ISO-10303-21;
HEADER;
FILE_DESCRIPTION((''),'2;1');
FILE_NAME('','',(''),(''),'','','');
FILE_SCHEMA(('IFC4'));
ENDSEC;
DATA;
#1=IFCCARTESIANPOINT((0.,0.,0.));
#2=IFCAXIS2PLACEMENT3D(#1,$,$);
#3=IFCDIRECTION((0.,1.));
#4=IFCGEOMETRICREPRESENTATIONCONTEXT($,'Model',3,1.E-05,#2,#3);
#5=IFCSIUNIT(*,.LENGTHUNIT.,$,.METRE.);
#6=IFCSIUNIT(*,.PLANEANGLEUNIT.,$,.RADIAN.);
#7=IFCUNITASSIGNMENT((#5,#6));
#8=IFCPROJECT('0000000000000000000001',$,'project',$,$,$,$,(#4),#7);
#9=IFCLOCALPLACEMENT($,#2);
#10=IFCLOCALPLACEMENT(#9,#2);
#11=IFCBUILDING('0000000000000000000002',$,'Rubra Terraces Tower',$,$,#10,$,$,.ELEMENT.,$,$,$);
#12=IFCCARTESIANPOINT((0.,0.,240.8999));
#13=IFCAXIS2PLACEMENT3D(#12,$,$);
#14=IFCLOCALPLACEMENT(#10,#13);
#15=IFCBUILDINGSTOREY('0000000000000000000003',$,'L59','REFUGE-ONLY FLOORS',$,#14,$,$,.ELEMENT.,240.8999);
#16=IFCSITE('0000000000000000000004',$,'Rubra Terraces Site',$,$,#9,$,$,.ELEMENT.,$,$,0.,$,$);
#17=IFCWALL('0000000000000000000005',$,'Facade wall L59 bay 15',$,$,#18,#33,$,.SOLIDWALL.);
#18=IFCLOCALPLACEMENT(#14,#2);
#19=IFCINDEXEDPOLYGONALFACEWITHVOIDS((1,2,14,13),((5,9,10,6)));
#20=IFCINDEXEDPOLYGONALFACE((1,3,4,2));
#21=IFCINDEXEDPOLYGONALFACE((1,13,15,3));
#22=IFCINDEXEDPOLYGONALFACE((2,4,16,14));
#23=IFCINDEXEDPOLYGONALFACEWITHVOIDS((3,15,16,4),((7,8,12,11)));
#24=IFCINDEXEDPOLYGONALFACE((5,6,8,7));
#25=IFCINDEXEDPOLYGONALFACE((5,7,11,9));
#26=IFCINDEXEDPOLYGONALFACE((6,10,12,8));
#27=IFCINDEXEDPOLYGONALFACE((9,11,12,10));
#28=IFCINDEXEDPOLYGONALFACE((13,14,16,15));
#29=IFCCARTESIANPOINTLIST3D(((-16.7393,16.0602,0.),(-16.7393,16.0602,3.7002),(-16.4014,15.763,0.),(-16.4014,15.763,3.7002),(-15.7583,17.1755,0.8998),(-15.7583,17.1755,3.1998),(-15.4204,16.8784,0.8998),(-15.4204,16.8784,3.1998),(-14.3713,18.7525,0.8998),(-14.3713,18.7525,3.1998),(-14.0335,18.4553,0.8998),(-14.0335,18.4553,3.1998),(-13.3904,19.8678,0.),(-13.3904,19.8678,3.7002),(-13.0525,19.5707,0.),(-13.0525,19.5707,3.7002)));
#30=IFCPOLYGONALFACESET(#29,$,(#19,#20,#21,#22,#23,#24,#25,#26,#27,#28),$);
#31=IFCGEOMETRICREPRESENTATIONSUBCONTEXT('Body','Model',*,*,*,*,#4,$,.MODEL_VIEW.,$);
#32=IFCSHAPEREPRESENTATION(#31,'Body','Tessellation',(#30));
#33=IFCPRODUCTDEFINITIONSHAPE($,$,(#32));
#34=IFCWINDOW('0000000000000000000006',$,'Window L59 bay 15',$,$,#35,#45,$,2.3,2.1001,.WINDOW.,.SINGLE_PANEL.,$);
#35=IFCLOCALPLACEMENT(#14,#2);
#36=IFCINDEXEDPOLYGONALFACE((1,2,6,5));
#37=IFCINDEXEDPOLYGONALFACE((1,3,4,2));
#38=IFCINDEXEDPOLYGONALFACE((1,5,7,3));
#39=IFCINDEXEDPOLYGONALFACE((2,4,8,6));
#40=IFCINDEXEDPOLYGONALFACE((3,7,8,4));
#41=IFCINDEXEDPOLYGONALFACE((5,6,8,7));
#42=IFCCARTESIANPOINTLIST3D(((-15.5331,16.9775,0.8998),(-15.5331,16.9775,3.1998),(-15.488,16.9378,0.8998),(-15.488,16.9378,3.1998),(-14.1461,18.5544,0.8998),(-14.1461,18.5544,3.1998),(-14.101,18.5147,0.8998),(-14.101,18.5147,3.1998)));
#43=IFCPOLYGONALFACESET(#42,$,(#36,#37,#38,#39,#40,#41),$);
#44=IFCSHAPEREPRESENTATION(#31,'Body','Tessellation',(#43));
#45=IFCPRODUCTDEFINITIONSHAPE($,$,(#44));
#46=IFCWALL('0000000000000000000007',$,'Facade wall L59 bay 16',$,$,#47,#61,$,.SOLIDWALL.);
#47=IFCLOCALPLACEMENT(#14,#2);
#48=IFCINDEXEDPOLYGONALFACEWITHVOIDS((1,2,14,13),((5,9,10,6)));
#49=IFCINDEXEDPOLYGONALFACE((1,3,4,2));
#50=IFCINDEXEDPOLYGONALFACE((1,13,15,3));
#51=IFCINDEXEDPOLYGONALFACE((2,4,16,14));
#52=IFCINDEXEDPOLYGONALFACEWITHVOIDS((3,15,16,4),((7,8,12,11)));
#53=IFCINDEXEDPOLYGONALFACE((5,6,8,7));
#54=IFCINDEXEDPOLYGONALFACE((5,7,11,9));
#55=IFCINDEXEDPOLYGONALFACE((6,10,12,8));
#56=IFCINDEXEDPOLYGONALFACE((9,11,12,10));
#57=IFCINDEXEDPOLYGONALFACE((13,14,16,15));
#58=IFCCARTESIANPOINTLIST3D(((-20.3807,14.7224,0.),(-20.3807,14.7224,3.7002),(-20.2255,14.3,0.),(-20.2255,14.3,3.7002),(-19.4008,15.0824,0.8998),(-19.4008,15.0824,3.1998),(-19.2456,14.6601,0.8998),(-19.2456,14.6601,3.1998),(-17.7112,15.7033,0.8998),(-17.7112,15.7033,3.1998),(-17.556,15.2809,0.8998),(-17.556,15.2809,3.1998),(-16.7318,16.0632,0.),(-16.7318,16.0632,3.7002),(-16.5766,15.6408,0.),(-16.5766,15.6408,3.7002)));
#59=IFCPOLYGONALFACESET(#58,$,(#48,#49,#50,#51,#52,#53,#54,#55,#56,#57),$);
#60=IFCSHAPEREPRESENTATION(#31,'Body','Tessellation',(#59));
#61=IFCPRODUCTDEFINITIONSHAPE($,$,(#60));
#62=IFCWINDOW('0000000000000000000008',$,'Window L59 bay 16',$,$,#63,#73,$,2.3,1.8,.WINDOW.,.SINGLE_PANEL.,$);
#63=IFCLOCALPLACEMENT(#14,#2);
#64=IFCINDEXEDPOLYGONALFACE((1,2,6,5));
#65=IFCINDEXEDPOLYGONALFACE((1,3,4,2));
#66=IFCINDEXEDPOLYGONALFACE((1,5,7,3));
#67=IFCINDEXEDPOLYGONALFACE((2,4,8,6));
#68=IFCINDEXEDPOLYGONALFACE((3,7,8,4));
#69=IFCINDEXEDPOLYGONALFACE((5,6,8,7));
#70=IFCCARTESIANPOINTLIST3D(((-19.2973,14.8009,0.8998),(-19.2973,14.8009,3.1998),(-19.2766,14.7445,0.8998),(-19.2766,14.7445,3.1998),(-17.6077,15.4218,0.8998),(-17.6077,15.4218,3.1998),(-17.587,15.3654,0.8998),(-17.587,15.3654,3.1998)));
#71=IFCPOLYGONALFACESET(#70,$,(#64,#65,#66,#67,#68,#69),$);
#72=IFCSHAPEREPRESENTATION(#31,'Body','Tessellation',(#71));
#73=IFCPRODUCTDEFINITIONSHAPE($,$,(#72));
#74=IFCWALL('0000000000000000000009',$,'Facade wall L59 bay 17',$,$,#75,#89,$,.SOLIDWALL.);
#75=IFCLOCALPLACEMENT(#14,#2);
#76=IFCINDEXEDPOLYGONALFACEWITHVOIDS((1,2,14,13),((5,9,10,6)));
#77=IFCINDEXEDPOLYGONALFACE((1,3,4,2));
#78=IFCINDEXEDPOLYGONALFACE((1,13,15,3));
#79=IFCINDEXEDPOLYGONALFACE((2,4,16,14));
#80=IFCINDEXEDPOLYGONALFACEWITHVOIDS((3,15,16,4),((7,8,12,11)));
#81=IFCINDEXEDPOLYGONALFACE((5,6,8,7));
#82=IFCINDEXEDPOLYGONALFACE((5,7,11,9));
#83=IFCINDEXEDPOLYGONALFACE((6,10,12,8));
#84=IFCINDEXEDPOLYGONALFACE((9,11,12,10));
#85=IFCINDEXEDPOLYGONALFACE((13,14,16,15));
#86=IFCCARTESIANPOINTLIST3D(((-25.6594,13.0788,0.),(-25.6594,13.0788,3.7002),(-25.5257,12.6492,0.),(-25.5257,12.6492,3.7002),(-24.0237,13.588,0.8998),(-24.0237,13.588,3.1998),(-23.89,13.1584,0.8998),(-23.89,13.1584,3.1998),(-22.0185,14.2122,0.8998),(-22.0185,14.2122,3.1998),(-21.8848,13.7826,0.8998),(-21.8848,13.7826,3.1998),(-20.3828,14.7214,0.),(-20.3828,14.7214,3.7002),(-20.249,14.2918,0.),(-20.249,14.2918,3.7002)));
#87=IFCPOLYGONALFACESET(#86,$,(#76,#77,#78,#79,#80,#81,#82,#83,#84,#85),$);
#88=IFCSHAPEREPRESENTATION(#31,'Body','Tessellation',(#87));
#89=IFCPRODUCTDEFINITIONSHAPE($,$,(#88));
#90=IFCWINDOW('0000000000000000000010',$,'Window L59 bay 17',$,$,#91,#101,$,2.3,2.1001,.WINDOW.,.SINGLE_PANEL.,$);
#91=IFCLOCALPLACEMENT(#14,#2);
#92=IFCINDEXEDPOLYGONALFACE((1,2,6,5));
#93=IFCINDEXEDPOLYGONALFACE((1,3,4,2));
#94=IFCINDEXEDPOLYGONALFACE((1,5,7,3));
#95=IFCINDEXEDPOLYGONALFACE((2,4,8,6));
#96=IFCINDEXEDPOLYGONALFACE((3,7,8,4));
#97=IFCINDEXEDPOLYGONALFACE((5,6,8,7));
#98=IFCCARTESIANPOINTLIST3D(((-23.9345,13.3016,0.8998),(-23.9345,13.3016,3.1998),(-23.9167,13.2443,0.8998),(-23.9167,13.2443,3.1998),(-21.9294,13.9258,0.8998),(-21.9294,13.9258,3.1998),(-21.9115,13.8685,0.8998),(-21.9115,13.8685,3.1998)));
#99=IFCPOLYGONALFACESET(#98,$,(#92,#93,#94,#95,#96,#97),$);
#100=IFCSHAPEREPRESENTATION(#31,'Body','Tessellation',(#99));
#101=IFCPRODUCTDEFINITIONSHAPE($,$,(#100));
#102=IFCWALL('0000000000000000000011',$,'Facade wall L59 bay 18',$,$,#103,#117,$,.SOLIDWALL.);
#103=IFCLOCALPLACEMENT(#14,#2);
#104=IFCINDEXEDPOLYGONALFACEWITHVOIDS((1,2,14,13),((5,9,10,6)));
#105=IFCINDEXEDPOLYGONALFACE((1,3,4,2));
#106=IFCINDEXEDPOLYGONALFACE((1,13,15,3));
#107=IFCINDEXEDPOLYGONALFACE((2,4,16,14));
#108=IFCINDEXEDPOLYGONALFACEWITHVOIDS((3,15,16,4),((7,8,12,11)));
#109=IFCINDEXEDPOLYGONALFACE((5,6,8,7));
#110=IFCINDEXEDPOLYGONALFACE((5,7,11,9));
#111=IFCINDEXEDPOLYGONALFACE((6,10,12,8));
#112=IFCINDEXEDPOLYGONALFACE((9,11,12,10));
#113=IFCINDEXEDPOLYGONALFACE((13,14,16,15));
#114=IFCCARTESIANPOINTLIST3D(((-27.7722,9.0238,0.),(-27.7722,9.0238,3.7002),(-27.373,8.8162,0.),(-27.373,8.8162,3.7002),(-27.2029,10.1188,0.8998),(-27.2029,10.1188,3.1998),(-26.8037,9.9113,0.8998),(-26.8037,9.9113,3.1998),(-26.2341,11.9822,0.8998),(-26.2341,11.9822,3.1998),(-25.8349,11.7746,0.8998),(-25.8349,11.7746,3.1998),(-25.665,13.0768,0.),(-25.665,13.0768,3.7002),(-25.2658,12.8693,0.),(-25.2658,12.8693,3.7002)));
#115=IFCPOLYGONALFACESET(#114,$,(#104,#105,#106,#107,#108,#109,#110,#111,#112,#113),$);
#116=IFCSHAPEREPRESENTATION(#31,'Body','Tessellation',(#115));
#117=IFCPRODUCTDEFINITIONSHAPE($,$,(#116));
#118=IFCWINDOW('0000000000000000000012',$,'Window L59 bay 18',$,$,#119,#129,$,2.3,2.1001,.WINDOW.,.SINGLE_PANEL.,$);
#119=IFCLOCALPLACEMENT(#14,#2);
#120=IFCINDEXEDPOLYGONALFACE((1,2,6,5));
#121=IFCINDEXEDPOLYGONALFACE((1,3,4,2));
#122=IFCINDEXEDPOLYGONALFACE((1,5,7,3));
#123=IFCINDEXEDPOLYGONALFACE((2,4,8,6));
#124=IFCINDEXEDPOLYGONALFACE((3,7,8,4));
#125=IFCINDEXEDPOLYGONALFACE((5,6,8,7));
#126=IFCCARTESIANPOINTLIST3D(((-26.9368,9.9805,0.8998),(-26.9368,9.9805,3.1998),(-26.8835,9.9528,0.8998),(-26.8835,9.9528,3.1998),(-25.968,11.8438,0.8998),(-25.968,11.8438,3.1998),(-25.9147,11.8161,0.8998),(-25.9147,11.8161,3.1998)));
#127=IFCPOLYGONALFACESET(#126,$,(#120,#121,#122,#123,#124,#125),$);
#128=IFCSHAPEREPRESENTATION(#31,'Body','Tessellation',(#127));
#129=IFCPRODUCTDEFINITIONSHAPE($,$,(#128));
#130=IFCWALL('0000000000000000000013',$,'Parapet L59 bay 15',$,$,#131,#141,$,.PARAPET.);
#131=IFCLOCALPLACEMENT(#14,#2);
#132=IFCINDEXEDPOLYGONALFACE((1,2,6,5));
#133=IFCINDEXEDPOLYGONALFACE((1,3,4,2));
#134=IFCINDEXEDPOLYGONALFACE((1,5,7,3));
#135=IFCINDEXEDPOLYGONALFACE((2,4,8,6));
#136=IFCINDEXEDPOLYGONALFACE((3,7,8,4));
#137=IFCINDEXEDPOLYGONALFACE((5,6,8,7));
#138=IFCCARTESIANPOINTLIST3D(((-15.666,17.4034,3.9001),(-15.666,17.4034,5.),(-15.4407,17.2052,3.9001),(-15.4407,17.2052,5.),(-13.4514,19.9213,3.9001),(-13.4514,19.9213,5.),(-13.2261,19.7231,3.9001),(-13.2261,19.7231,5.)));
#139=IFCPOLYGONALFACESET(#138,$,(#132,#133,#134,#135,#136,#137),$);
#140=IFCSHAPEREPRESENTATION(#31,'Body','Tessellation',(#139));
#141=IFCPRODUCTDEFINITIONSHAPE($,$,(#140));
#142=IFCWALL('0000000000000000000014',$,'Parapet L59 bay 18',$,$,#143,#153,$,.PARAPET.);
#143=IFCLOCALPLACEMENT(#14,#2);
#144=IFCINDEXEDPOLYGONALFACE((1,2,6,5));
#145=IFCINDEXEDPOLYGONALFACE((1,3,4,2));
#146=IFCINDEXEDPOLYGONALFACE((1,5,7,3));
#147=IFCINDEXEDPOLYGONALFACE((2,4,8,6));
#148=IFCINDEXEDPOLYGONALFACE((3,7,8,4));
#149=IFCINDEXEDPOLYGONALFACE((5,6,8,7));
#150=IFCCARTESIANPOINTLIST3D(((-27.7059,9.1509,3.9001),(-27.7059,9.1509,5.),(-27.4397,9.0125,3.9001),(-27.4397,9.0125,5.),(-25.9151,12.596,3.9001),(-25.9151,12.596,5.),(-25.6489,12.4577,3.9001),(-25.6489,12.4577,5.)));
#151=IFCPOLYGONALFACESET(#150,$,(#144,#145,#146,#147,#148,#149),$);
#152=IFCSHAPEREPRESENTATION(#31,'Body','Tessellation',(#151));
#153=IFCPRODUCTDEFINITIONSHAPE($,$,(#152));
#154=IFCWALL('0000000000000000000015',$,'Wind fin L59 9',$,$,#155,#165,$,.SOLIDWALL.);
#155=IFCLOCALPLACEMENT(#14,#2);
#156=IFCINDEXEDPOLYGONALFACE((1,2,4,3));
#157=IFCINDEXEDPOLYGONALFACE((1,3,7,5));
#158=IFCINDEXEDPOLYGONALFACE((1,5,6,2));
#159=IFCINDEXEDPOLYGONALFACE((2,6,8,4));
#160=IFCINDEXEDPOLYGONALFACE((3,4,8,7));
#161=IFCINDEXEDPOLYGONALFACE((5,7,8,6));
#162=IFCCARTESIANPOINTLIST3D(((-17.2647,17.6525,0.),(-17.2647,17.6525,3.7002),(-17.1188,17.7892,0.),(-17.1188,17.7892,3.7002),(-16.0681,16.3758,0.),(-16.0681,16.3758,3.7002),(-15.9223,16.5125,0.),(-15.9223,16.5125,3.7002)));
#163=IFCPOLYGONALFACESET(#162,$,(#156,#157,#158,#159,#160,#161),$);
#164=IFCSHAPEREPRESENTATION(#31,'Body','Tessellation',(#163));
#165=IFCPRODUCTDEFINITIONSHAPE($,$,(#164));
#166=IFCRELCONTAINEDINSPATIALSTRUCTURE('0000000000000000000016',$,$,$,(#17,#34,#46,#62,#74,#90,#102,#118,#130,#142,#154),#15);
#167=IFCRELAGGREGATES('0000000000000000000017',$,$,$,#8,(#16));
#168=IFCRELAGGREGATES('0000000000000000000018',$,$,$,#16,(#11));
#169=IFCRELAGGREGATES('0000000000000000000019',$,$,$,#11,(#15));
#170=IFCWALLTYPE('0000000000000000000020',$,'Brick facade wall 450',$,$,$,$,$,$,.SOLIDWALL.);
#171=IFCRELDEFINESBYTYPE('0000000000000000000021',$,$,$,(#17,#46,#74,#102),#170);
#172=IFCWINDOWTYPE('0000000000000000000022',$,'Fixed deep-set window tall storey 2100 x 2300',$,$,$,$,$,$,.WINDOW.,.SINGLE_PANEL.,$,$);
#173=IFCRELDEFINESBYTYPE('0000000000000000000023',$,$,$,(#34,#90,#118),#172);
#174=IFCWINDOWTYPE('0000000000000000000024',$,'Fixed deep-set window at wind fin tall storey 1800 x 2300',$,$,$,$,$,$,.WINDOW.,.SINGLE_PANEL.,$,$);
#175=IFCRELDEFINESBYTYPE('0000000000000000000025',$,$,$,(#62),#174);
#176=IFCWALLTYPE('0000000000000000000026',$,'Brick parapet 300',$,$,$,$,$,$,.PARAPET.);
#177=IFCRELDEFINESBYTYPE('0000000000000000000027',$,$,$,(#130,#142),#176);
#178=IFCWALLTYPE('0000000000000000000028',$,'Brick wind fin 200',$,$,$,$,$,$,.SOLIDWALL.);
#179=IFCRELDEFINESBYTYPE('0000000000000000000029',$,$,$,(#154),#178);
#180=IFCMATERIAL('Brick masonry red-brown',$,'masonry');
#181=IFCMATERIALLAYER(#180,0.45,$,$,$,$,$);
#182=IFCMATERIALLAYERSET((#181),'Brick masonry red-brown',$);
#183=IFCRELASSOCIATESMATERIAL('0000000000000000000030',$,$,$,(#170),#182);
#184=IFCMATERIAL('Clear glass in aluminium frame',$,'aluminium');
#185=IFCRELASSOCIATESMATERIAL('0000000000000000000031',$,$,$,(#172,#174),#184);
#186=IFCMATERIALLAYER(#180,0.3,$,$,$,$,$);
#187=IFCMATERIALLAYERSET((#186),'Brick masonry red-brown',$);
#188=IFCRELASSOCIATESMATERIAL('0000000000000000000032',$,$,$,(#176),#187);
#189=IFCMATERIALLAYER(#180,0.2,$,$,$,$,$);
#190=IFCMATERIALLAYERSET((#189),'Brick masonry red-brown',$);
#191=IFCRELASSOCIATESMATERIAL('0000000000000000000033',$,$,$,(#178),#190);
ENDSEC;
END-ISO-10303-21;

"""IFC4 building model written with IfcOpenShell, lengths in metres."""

from ifc_helpers import new_model, si_unit, direction, frame, frame_2d, origin, place, context, subcontext, project, spatial, rectangle, extrude, material, layer, layer_set, type_object, element, fill, save


model = new_model("IFC4")

# Units and contexts
model_context = context("Model", 3, precision=1e-05, world=origin(), true_north=direction((0.0, 1.0)))
body_context = subcontext(model_context, "Body", "Model", "MODEL_VIEW")
ifc_project = project(units=[si_unit("LENGTHUNIT", "METRE"), si_unit("PLANEANGLEUNIT", "RADIAN")], contexts=[model_context])

# Site, building, storey
site_placement = place(None, origin())
site = spatial("IfcSite", under=ifc_project, at=site_placement, Name="Rubra Terraces Site", CompositionType="ELEMENT", RefElevation=0.0)
building_placement = place(site_placement, origin())
building = spatial("IfcBuilding", under=site, at=building_placement, Name="Rubra Terraces Tower", CompositionType="ELEMENT")
storey_placement = place(building_placement, frame((0.0, 0.0, 240.8999)))
storey = spatial("IfcBuildingStorey", under=building, at=storey_placement, Name="L59", Description="REFUGE-ONLY FLOORS", CompositionType="ELEMENT", Elevation=240.8999)

# Walls, openings, windows
ifc_material_1 = material(Name="Brick masonry red-brown", Category="masonry")
ifc_layer_1 = layer(ifc_material_1, 0.45)
ifc_layer_set_1 = layer_set([ifc_layer_1], Name="Brick masonry red-brown")
wall_type_1 = type_object("IfcWallType", Name="Brick facade wall 450", PredefinedType="SOLIDWALL", material=ifc_layer_set_1)
wall_1_placement = place(storey_placement, frame((-13.2214, 19.7192, 0.0), z_axis=(0.0, 0.0, 1.0), x_axis=(-0.660425, -0.750892, 0.0)))
wall_1 = element("IfcWall", 1, at=wall_1_placement, inside=storey, type_object=wall_type_1, Name="Facade wall L59 bay 15", PredefinedType="SOLIDWALL", context=body_context, shape_type="SweptSolid", body=[
    extrude(rectangle(XDim=5.0708, YDim=0.45, at=frame_2d((2.5354, 0.0))), origin(), (0.0, 0.0, 1.0), 3.7002),
])
opening_1_placement = place(wall_1_placement, frame((1.4854, 0.0, 0.8999)))
opening_1 = element("IfcOpeningElement", 2, at=opening_1_placement, cuts=wall_1, PredefinedType="OPENING", context=body_context, shape_type="SweptSolid", body=[
    extrude(rectangle(XDim=2.1001, YDim=2.3, at=frame_2d((1.05, 1.1499))), frame((0.0, 0.2349, 0.0), z_axis=(0.0, -1.0, 0.0), x_axis=(1.0, 0.0, 0.0)), (0.0, 0.0, 1.0), 0.47),
])
ifc_material_2 = material(Name="Clear glass in aluminium frame", Category="aluminium")
window_type_1 = type_object("IfcWindowType", Name="Fixed deep-set window tall storey 2100 x 2300", PartitioningType="SINGLE_PANEL", PredefinedType="WINDOW", material=ifc_material_2)
window_1_placement = place(opening_1_placement, origin())
window_1 = element("IfcWindow", 3, at=window_1_placement, inside=storey, type_object=window_type_1, Name="Window L59 bay 15", OverallHeight=2.3, OverallWidth=2.1001, PartitioningType="SINGLE_PANEL", PredefinedType="WINDOW", context=body_context, shape_type="SweptSolid", body=[
    extrude(rectangle(XDim=2.1001, YDim=2.3, at=frame_2d((1.05, 1.1499))), frame((0.0, 0.135, 0.0), z_axis=(0.0, -1.0, 0.0), x_axis=(1.0, 0.0, 0.0)), (0.0, 0.0, 1.0), 0.0601),
])
fill(opening_1, window_1)
wall_2_placement = place(storey_placement, frame((-16.6541, 15.8521, 0.0), z_axis=(0.0, 0.0, 1.0), x_axis=(-0.938637, -0.344908, 0.0)))
wall_2 = element("IfcWall", 4, at=wall_2_placement, inside=storey, type_object=wall_type_1, Name="Facade wall L59 bay 16", PredefinedType="SOLIDWALL", context=body_context, shape_type="SweptSolid", body=[
    extrude(rectangle(XDim=3.8875, YDim=0.45, at=frame_2d((1.9438, 0.0))), origin(), (0.0, 0.0, 1.0), 3.7002),
])
opening_2_placement = place(wall_2_placement, frame((1.0437, 0.0, 0.8999)))
opening_2 = element("IfcOpeningElement", 5, at=opening_2_placement, cuts=wall_2, PredefinedType="OPENING", context=body_context, shape_type="SweptSolid", body=[
    extrude(rectangle(XDim=1.8, YDim=2.3, at=frame_2d((0.8999, 1.1499))), frame((0.0, 0.2349, 0.0), z_axis=(0.0, -1.0, 0.0), x_axis=(1.0, 0.0, 0.0)), (0.0, 0.0, 1.0), 0.47),
])
window_type_2 = type_object("IfcWindowType", Name="Fixed deep-set window at wind fin tall storey 1800 x 2300", PartitioningType="SINGLE_PANEL", PredefinedType="WINDOW", material=ifc_material_2)
window_2_placement = place(opening_2_placement, origin())
window_2 = element("IfcWindow", 6, at=window_2_placement, inside=storey, type_object=window_type_2, Name="Window L59 bay 16", OverallHeight=2.3, OverallWidth=1.8, PartitioningType="SINGLE_PANEL", PredefinedType="WINDOW", context=body_context, shape_type="SweptSolid", body=[
    extrude(rectangle(XDim=1.8, YDim=2.3, at=frame_2d((0.8999, 1.1499))), frame((0.0, 0.135, 0.0), z_axis=(0.0, -1.0, 0.0), x_axis=(1.0, 0.0, 0.0)), (0.0, 0.0, 1.0), 0.0601),
])
fill(opening_2, window_2)
wall_3_placement = place(storey_placement, frame((-20.3159, 14.5066, 0.0), z_axis=(0.0, 0.0, 1.0), x_axis=(-0.954807, -0.297226, 0.0)))
wall_3 = element("IfcWall", 7, at=wall_3_placement, inside=storey, type_object=wall_type_1, Name="Facade wall L59 bay 17", PredefinedType="SOLIDWALL", context=body_context, shape_type="SweptSolid", body=[
    extrude(rectangle(XDim=5.5264, YDim=0.45, at=frame_2d((2.7632, 0.0))), origin(), (0.0, 0.0, 1.0), 3.7002),
])
opening_3_placement = place(wall_3_placement, frame((1.7131, 0.0, 0.8999)))
opening_3 = element("IfcOpeningElement", 8, at=opening_3_placement, cuts=wall_3, PredefinedType="OPENING", context=body_context, shape_type="SweptSolid", body=[
    extrude(rectangle(XDim=2.1001, YDim=2.3, at=frame_2d((1.05, 1.1499))), frame((0.0, 0.2349, 0.0), z_axis=(0.0, -1.0, 0.0), x_axis=(1.0, 0.0, 0.0)), (0.0, 0.0, 1.0), 0.47),
])
window_3_placement = place(opening_3_placement, origin())
window_3 = element("IfcWindow", 9, at=window_3_placement, inside=storey, type_object=window_type_1, Name="Window L59 bay 17", OverallHeight=2.3, OverallWidth=2.1001, PartitioningType="SINGLE_PANEL", PredefinedType="WINDOW", context=body_context, shape_type="SweptSolid", body=[
    extrude(rectangle(XDim=2.1001, YDim=2.3, at=frame_2d((1.05, 1.1499))), frame((0.0, 0.135, 0.0), z_axis=(0.0, -1.0, 0.0), x_axis=(1.0, 0.0, 0.0)), (0.0, 0.0, 1.0), 0.0601),
])
fill(opening_3, window_3)
wall_4_placement = place(storey_placement, frame((-25.4653, 12.9731, 0.0), z_axis=(0.0, 0.0, 1.0), x_axis=(-0.461289, -0.88725, 0.0)))
wall_4 = element("IfcWall", 10, at=wall_4_placement, inside=storey, type_object=wall_type_1, Name="Facade wall L59 bay 18", PredefinedType="SOLIDWALL", context=body_context, shape_type="SweptSolid", body=[
    extrude(rectangle(XDim=4.5681, YDim=0.45, at=frame_2d((2.2842, 0.0))), origin(), (0.0, 0.0, 1.0), 3.7002),
])
opening_4_placement = place(wall_4_placement, frame((1.2339, 0.0, 0.8999)))
opening_4 = element("IfcOpeningElement", 11, at=opening_4_placement, cuts=wall_4, PredefinedType="OPENING", context=body_context, shape_type="SweptSolid", body=[
    extrude(rectangle(XDim=2.1001, YDim=2.3, at=frame_2d((1.05, 1.1499))), frame((0.0, 0.2349, 0.0), z_axis=(0.0, -1.0, 0.0), x_axis=(1.0, 0.0, 0.0)), (0.0, 0.0, 1.0), 0.47),
])
window_4_placement = place(opening_4_placement, origin())
window_4 = element("IfcWindow", 12, at=window_4_placement, inside=storey, type_object=window_type_1, Name="Window L59 bay 18", OverallHeight=2.3, OverallWidth=2.1001, PartitioningType="SINGLE_PANEL", PredefinedType="WINDOW", context=body_context, shape_type="SweptSolid", body=[
    extrude(rectangle(XDim=2.1001, YDim=2.3, at=frame_2d((1.05, 1.1499))), frame((0.0, 0.135, 0.0), z_axis=(0.0, -1.0, 0.0), x_axis=(1.0, 0.0, 0.0)), (0.0, 0.0, 1.0), 0.0601),
])
fill(opening_4, window_4)

# Walls
ifc_layer_2 = layer(ifc_material_1, 0.3)
ifc_layer_set_2 = layer_set([ifc_layer_2], Name="Brick masonry red-brown")
wall_type_2 = type_object("IfcWallType", Name="Brick parapet 300", PredefinedType="PARAPET", material=ifc_layer_set_2)
wall_5_placement = place(storey_placement, frame((-13.3386, 19.8223, 3.9001), z_axis=(0.0, 0.0, 1.0), x_axis=(-0.660446, -0.750874, 0.0)))
element("IfcWall", 13, at=wall_5_placement, inside=storey, type_object=wall_type_2, Name="Parapet L59 bay 15", PredefinedType="PARAPET", context=body_context, shape_type="SweptSolid", body=[
    extrude(rectangle(XDim=3.3533, YDim=0.3, at=frame_2d((1.6768, 0.0))), origin(), (0.0, 0.0, 1.0), 1.0999),
])
wall_6_placement = place(storey_placement, frame((-25.782, 12.5269, 3.9001), z_axis=(0.0, 0.0, 1.0), x_axis=(-0.461218, -0.887287, 0.0)))
element("IfcWall", 14, at=wall_6_placement, inside=storey, type_object=wall_type_2, Name="Parapet L59 bay 18", PredefinedType="PARAPET", context=body_context, shape_type="SweptSolid", body=[
    extrude(rectangle(XDim=3.8828, YDim=0.3, at=frame_2d((1.9414, 0.0))), origin(), (0.0, 0.0, 1.0), 1.0999),
])
ifc_layer_3 = layer(ifc_material_1, 0.2)
ifc_layer_set_3 = layer_set([ifc_layer_3], Name="Brick masonry red-brown")
wall_type_3 = type_object("IfcWallType", Name="Brick wind fin 200", PredefinedType="SOLIDWALL", material=ifc_layer_set_3)
wall_7_placement = place(storey_placement, frame((-15.9951, 16.4441, 0.0), z_axis=(0.0, 0.0, 1.0), x_axis=(-0.683853, 0.72962, 0.0)))
element("IfcWall", 15, at=wall_7_placement, inside=storey, type_object=wall_type_3, Name="Wind fin L59 9", PredefinedType="SOLIDWALL", context=body_context, shape_type="SweptSolid", body=[
    extrude(rectangle(XDim=1.7498, YDim=0.2, at=frame_2d((0.875, 0.0))), origin(), (0.0, 0.0, 1.0), 3.7002),
])

save(model, "model.ifc")
